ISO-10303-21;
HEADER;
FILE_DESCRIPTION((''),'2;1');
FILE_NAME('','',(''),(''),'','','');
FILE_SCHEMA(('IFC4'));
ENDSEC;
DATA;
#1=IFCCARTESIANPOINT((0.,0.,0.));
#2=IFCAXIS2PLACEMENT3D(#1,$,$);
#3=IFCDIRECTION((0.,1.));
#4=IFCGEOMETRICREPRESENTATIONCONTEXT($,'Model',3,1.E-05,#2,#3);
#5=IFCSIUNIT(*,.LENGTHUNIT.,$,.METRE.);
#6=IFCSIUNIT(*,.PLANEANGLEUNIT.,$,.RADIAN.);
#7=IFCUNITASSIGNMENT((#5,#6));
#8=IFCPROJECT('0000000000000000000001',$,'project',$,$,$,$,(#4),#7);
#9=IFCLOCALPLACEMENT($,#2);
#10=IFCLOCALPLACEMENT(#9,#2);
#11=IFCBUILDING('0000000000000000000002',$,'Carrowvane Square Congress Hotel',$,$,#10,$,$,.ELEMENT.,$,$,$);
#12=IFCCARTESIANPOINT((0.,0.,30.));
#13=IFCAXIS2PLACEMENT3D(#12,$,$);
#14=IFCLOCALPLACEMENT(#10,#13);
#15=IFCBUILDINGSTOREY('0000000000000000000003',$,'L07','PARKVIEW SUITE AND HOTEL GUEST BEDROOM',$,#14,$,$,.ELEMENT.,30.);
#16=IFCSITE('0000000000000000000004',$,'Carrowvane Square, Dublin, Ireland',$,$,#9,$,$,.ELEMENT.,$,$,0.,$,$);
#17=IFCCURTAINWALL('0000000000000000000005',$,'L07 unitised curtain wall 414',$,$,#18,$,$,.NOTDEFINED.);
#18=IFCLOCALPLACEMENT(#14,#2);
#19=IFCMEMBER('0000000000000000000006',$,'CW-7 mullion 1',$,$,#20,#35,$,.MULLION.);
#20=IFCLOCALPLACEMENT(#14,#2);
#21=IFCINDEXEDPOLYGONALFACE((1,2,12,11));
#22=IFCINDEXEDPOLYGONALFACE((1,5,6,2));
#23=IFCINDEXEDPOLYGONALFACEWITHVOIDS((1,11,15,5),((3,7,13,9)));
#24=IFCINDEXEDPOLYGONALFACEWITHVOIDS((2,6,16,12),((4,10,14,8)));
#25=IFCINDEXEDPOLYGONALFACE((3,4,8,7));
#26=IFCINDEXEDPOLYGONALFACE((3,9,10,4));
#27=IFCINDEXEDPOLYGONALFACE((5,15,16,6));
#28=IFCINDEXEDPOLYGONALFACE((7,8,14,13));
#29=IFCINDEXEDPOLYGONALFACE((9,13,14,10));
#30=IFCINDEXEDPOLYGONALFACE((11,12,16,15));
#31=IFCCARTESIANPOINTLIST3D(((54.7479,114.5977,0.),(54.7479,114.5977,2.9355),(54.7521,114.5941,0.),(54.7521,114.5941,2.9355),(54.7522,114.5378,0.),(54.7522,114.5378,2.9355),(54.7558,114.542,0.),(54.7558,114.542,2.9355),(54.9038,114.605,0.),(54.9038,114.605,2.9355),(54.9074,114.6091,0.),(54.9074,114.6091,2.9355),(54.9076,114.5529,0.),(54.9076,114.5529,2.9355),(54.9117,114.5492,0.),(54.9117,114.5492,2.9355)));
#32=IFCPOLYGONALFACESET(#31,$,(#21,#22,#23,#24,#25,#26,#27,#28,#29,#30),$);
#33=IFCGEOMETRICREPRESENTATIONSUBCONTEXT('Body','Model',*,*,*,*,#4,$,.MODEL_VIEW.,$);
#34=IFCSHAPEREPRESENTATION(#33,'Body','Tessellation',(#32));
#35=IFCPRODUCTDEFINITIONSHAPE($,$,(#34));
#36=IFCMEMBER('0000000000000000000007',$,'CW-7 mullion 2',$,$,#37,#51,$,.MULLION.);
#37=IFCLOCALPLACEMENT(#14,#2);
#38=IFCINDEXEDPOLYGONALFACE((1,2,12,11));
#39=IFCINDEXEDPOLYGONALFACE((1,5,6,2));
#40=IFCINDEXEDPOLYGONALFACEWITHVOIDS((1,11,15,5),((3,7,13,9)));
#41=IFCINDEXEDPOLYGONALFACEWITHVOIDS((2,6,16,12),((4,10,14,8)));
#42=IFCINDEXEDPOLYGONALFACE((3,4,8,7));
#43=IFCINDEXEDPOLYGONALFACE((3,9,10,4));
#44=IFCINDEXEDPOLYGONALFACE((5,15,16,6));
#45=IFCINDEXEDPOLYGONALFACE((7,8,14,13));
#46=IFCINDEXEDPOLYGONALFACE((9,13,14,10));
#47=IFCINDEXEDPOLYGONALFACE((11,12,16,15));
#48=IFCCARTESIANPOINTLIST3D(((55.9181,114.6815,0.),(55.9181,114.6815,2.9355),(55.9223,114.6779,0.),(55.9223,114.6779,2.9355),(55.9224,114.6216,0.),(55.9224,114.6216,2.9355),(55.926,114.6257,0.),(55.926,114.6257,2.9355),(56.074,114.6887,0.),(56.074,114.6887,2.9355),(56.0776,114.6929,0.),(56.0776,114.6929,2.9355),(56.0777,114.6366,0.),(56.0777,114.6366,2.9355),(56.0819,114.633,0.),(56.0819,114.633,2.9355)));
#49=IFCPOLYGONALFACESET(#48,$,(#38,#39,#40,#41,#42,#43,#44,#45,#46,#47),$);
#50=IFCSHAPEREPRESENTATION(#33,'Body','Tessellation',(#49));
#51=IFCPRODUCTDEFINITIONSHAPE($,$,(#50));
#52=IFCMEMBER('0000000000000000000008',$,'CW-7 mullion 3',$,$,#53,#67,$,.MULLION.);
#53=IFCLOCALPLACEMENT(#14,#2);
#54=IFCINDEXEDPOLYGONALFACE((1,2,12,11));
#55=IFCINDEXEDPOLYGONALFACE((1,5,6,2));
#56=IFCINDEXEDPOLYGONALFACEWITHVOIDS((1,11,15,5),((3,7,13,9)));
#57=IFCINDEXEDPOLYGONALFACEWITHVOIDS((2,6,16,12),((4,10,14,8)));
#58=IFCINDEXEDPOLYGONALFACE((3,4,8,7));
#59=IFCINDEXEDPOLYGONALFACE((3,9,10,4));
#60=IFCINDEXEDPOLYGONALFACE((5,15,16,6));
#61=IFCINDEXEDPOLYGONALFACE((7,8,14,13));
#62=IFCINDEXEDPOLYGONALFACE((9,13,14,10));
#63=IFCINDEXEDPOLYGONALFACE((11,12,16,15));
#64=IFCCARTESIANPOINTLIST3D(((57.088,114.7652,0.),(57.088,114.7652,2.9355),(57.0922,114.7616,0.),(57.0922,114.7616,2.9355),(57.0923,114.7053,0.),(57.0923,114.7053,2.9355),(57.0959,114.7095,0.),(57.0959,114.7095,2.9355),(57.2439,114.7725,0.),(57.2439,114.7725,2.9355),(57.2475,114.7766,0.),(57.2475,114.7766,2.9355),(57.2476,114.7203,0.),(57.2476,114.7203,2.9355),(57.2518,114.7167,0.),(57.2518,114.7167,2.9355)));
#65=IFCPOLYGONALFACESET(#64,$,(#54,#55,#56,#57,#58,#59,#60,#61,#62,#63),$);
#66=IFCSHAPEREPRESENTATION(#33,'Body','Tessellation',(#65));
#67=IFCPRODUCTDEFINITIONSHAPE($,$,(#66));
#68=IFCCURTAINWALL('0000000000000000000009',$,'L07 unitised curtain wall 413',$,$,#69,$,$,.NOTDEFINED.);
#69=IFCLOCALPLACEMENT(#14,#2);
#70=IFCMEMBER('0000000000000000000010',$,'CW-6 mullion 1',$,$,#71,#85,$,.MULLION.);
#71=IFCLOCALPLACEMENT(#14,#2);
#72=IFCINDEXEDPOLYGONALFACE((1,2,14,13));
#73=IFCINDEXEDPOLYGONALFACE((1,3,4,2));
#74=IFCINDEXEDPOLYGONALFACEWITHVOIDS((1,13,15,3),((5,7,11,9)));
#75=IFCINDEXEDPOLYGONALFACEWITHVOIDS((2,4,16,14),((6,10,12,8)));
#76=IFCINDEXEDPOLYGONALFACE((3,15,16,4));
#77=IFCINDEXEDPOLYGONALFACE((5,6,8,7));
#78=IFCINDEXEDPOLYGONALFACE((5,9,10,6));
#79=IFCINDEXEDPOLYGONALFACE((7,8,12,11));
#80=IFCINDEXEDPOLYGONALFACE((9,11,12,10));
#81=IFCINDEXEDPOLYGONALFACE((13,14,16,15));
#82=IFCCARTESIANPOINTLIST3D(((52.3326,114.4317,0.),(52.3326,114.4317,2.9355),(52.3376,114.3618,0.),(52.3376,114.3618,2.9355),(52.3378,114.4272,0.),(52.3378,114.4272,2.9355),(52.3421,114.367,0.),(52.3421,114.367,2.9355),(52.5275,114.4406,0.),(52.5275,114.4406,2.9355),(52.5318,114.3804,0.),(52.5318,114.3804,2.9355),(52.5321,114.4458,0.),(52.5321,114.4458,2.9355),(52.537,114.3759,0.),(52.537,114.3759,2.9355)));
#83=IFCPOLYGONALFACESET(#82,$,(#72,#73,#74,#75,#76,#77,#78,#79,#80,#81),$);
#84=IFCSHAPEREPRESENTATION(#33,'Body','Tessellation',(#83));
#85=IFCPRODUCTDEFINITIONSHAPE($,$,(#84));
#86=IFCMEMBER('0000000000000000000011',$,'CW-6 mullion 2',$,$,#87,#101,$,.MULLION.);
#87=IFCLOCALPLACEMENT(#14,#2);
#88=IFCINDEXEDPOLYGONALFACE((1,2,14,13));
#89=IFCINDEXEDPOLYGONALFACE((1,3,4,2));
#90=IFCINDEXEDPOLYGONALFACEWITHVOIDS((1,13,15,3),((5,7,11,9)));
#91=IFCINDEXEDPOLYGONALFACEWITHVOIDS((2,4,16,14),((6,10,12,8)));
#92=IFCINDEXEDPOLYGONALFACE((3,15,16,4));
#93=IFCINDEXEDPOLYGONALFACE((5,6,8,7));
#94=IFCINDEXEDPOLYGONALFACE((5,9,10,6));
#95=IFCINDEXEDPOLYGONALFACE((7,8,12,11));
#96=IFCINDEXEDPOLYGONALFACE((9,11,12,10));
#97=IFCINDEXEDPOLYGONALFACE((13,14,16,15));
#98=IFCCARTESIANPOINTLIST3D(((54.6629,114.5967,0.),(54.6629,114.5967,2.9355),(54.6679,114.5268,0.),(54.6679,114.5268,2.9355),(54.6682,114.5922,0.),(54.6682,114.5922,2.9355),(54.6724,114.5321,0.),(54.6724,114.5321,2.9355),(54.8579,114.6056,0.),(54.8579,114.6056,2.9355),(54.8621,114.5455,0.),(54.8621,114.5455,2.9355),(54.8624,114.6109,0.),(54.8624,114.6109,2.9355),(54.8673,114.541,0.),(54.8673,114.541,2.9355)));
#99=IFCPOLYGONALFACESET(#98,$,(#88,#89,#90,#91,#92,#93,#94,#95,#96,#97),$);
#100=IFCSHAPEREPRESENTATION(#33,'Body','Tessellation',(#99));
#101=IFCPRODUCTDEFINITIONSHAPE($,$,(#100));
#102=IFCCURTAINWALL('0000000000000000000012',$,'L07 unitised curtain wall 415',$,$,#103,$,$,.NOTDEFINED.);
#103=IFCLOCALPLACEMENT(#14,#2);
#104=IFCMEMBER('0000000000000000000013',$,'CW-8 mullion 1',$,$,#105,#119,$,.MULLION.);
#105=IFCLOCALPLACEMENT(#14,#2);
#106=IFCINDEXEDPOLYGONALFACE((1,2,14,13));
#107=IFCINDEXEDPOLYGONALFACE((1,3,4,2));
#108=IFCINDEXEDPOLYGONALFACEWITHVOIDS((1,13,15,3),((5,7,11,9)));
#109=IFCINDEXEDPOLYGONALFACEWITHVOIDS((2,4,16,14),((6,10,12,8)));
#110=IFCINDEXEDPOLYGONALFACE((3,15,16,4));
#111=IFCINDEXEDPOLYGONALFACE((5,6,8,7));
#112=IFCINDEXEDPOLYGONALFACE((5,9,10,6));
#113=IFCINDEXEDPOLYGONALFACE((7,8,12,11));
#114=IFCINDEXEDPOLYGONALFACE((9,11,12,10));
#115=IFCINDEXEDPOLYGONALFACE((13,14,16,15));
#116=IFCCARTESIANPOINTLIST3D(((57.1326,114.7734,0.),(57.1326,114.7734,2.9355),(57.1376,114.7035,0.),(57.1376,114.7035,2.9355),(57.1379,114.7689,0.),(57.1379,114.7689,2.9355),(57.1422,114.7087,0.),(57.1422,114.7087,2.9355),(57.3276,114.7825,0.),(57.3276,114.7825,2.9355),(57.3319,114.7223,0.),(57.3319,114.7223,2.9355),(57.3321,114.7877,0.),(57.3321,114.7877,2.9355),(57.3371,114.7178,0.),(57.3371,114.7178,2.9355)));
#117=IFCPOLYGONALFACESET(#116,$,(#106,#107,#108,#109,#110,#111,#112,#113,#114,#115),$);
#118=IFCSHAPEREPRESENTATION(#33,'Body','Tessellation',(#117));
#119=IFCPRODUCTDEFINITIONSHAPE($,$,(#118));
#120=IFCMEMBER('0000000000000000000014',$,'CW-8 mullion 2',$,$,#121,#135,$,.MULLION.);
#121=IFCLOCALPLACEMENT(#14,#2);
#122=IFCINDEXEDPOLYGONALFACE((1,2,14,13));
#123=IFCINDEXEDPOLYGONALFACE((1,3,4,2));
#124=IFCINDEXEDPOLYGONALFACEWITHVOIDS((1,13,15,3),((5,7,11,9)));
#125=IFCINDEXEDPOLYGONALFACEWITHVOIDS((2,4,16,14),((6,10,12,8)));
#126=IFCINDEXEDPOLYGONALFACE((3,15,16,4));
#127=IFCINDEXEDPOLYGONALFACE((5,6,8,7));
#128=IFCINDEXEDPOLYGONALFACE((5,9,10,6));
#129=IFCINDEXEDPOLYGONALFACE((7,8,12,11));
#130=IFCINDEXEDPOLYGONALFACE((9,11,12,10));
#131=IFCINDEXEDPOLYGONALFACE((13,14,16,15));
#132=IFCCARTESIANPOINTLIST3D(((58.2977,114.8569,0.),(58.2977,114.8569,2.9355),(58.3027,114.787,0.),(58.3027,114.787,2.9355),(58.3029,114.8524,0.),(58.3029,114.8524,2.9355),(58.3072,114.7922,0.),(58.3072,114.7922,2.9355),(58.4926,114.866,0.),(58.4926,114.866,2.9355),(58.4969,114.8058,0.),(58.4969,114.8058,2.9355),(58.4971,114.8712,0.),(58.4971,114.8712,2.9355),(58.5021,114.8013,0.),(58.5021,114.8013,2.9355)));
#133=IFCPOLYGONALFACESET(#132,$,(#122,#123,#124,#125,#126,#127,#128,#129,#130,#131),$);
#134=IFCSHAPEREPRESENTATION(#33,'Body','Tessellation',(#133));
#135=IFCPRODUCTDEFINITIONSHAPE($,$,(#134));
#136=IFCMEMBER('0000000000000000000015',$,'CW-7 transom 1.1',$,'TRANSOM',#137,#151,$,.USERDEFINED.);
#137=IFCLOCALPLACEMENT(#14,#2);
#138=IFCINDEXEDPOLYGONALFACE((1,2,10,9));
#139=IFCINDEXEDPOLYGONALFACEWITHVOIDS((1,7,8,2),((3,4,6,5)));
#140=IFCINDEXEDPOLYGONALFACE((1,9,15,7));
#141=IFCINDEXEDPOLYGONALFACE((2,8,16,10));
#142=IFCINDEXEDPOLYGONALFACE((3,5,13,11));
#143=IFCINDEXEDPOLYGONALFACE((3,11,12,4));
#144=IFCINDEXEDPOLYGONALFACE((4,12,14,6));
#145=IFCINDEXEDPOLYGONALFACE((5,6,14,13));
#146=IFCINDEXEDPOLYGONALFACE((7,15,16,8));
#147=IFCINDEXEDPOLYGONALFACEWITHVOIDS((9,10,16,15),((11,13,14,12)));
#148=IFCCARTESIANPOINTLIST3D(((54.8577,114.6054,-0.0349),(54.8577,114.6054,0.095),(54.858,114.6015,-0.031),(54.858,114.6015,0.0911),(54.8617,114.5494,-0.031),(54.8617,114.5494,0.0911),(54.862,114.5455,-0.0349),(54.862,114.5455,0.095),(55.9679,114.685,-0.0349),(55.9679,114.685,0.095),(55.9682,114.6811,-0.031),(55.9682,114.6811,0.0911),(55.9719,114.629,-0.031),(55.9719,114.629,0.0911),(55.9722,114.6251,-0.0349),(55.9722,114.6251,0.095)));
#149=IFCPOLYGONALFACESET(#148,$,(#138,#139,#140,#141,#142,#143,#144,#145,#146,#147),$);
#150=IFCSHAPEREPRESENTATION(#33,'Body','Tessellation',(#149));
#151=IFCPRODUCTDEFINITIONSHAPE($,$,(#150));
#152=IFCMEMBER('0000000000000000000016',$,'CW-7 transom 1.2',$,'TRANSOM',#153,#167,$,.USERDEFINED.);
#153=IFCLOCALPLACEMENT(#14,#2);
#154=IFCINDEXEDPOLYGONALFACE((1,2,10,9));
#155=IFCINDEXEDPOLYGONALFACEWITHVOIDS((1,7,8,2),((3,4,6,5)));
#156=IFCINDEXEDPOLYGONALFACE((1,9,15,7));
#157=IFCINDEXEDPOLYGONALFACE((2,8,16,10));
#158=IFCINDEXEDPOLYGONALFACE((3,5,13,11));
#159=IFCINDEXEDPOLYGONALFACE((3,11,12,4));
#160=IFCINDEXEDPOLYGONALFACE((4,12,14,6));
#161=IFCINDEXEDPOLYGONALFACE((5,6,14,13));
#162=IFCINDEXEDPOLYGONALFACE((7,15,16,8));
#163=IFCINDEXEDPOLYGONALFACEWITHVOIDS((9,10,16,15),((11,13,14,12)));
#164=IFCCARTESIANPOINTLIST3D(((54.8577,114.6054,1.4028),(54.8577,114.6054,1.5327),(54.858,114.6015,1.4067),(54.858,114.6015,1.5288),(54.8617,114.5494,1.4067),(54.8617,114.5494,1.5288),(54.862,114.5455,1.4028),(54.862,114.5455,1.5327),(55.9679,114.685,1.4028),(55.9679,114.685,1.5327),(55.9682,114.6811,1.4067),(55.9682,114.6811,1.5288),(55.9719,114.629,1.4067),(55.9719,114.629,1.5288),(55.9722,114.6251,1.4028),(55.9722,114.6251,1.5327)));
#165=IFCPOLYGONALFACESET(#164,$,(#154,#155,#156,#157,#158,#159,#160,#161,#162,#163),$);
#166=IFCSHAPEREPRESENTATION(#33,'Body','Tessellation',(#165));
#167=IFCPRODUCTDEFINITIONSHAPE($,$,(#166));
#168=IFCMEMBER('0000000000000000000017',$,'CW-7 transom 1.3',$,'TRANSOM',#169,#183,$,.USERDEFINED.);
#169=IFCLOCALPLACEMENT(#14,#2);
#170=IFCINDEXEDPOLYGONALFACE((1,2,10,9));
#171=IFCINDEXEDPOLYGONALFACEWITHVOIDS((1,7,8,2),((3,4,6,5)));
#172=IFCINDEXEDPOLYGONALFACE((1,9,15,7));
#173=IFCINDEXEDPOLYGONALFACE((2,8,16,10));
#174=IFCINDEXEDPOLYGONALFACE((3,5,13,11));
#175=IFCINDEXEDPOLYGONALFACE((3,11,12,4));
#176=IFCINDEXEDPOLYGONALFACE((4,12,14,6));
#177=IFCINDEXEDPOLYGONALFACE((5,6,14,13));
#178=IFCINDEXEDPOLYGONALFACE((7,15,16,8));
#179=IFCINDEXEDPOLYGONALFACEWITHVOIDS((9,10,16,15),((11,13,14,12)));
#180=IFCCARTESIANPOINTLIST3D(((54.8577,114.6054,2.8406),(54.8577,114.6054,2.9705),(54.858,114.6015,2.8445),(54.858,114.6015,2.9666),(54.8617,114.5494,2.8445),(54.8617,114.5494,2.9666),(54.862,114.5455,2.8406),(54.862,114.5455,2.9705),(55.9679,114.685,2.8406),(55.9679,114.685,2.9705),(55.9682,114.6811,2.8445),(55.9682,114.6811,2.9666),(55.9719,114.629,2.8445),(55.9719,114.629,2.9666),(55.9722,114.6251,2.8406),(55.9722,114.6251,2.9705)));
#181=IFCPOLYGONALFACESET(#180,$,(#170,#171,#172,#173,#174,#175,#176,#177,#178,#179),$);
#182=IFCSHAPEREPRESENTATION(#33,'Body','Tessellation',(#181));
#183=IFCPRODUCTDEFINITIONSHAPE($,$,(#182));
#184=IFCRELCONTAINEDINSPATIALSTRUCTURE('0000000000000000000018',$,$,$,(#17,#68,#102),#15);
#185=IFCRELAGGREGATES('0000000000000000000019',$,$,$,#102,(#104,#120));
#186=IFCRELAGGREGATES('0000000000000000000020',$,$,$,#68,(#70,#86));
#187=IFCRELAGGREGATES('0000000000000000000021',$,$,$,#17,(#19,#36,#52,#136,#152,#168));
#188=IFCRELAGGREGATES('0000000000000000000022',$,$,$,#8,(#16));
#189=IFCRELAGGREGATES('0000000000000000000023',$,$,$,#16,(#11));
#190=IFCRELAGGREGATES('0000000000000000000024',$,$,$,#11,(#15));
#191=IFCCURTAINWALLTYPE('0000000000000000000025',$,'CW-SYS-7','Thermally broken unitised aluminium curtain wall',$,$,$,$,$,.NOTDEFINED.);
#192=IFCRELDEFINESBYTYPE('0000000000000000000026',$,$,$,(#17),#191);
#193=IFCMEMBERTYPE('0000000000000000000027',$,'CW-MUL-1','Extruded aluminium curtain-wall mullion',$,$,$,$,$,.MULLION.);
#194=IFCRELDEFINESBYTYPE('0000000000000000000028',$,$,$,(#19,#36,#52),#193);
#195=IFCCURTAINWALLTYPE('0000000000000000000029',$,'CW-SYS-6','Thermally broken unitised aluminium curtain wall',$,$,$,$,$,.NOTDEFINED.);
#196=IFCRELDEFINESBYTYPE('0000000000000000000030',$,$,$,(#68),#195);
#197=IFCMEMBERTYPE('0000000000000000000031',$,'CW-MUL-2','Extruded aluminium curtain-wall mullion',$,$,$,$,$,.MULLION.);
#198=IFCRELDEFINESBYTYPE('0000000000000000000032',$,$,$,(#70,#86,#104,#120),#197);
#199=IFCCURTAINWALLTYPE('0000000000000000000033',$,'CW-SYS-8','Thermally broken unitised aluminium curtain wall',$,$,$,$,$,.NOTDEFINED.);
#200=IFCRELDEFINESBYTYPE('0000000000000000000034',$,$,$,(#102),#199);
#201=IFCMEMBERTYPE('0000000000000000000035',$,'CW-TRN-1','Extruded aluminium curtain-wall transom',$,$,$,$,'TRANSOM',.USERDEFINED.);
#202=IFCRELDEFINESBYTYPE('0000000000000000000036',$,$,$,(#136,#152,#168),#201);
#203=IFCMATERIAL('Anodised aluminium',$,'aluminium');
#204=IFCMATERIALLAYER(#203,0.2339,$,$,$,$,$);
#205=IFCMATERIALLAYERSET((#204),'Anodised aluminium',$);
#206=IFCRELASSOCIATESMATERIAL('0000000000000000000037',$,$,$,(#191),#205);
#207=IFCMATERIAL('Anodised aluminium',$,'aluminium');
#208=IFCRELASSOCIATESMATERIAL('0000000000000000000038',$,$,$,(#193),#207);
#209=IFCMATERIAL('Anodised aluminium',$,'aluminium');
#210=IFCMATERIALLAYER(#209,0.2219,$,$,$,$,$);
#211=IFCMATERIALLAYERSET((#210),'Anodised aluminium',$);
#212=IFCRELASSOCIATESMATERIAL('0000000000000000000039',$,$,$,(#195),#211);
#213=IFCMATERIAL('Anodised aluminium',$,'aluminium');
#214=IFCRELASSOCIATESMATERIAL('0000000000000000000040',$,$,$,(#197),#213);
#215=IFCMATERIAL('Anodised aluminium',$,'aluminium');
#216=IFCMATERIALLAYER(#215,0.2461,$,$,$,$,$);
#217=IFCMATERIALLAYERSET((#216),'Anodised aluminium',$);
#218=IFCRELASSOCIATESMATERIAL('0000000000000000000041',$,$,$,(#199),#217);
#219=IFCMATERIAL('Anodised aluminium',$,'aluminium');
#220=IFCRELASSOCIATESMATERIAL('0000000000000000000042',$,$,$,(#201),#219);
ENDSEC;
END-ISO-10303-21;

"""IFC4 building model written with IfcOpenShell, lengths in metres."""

from ifc_helpers import new_model, si_unit, direction, frame, origin, origin_2d, place, context, subcontext, project, spatial, hollow_rectangle, extrude, material, layer, layer_set, material_profile, profile_set, type_object, element, aggregate, save


model = new_model("IFC4")

# Units and contexts
model_context = context("Model", 3, precision=1e-05, world=origin(), true_north=direction((0.0, 1.0)))
body_context = subcontext(model_context, "Body", "Model", "MODEL_VIEW")
ifc_project = project(units=[si_unit("LENGTHUNIT", "METRE"), si_unit("PLANEANGLEUNIT", "RADIAN")], contexts=[model_context])

# Site, building, storey
site_placement = place(None, origin())
site = spatial("IfcSite", under=ifc_project, at=site_placement, Name="Carrowvane Square, Dublin, Ireland", CompositionType="ELEMENT", RefElevation=0.0)
building_placement = place(site_placement, origin())
building = spatial("IfcBuilding", under=site, at=building_placement, Name="Carrowvane Square Congress Hotel", CompositionType="ELEMENT")
storey_placement = place(building_placement, frame((0.0, 0.0, 30.0)))
storey = spatial("IfcBuildingStorey", under=building, at=storey_placement, Name="L07", Description="PARKVIEW SUITE AND HOTEL GUEST BEDROOM", CompositionType="ELEMENT", Elevation=30.0)

# Curtain walls, members
ifc_material_1 = material(Name="Anodised aluminium", Category="aluminium")
ifc_layer_1 = layer(ifc_material_1, 0.2339)
ifc_layer_set_1 = layer_set([ifc_layer_1], Name="Anodised aluminium")
curtain_wall_type_1 = type_object("IfcCurtainWallType", Name="CW-SYS-7", Description="Thermally broken unitised aluminium curtain wall", PredefinedType="NOTDEFINED", material=ifc_layer_set_1)
curtain_wall_1_placement = place(storey_placement, origin())
curtain_wall_1 = element("IfcCurtainWall", 1, at=curtain_wall_1_placement, inside=storey, type_object=curtain_wall_type_1, Name="L07 unitised curtain wall 414", PredefinedType="NOTDEFINED")
ifc_material_2 = material(Name="Anodised aluminium", Category="aluminium")
ifc_material_profile_1 = material_profile(ifc_material_2, hollow_rectangle(XDim=0.0601, YDim=0.1599, WallThickness=0.0039, at=origin_2d()), Name="CW-ML 60x160x4")
ifc_profile_set_1 = profile_set([ifc_material_profile_1], Name="Anodised aluminium")
member_type_1 = type_object("IfcMemberType", Name="CW-MUL-1", Description="Extruded aluminium curtain-wall mullion", PredefinedType="MULLION", material=ifc_profile_set_1)
member_1_placement = place(storey_placement, frame((54.8298, 114.5735, 0.0), z_axis=(0.0, 0.0, 1.0), x_axis=(-0.071418, 0.997446, 0.0)))
member_1 = element("IfcMember", 2, at=member_1_placement, type_object=member_type_1, Name="CW-7 mullion 1", PredefinedType="MULLION", context=body_context, shape_type="SweptSolid", body=[
    extrude(hollow_rectangle(XDim=0.0601, YDim=0.1599, WallThickness=0.0039, at=origin_2d()), origin(), (0.0, 0.0, 1.0), 2.9355),
])
member_2_placement = place(storey_placement, frame((56.0, 114.6572, 0.0), z_axis=(0.0, 0.0, 1.0), x_axis=(-0.071418, 0.997446, 0.0)))
member_2 = element("IfcMember", 3, at=member_2_placement, type_object=member_type_1, Name="CW-7 mullion 2", PredefinedType="MULLION", context=body_context, shape_type="SweptSolid", body=[
    extrude(hollow_rectangle(XDim=0.0601, YDim=0.1599, WallThickness=0.0039, at=origin_2d()), origin(), (0.0, 0.0, 1.0), 2.9355),
])
member_3_placement = place(storey_placement, frame((57.1699, 114.741, 0.0), z_axis=(0.0, 0.0, 1.0), x_axis=(-0.071418, 0.997446, 0.0)))
member_3 = element("IfcMember", 4, at=member_3_placement, type_object=member_type_1, Name="CW-7 mullion 3", PredefinedType="MULLION", context=body_context, shape_type="SweptSolid", body=[
    extrude(hollow_rectangle(XDim=0.0601, YDim=0.1599, WallThickness=0.0039, at=origin_2d()), origin(), (0.0, 0.0, 1.0), 2.9355),
])
ifc_material_3 = material(Name="Anodised aluminium", Category="aluminium")
ifc_layer_2 = layer(ifc_material_3, 0.2219)
ifc_layer_set_2 = layer_set([ifc_layer_2], Name="Anodised aluminium")
curtain_wall_type_2 = type_object("IfcCurtainWallType", Name="CW-SYS-6", Description="Thermally broken unitised aluminium curtain wall", PredefinedType="NOTDEFINED", material=ifc_layer_set_2)
curtain_wall_2_placement = place(storey_placement, origin())
curtain_wall_2 = element("IfcCurtainWall", 5, at=curtain_wall_2_placement, inside=storey, type_object=curtain_wall_type_2, Name="L07 unitised curtain wall 413", PredefinedType="NOTDEFINED")
ifc_material_4 = material(Name="Anodised aluminium", Category="aluminium")
ifc_material_profile_2 = material_profile(ifc_material_4, hollow_rectangle(XDim=0.0701, YDim=0.2, WallThickness=0.0049, at=origin_2d()), Name="CW-ML 70x200x5")
ifc_profile_set_2 = profile_set([ifc_material_profile_2], Name="Anodised aluminium")
member_type_2 = type_object("IfcMemberType", Name="CW-MUL-2", Description="Extruded aluminium curtain-wall mullion", PredefinedType="MULLION", material=ifc_profile_set_2)
member_4_placement = place(storey_placement, frame((52.4348, 114.4038, 0.0), z_axis=(0.0, 0.0, 1.0), x_axis=(-0.070586, 0.997506, 0.0)))
member_4 = element("IfcMember", 6, at=member_4_placement, type_object=member_type_2, Name="CW-6 mullion 1", PredefinedType="MULLION", context=body_context, shape_type="SweptSolid", body=[
    extrude(hollow_rectangle(XDim=0.0701, YDim=0.2, WallThickness=0.0049, at=origin_2d()), origin(), (0.0, 0.0, 1.0), 2.9355),
])
member_5_placement = place(storey_placement, frame((54.7651, 114.5688, 0.0), z_axis=(0.0, 0.0, 1.0), x_axis=(-0.070586, 0.997506, 0.0)))
member_5 = element("IfcMember", 7, at=member_5_placement, type_object=member_type_2, Name="CW-6 mullion 2", PredefinedType="MULLION", context=body_context, shape_type="SweptSolid", body=[
    extrude(hollow_rectangle(XDim=0.0701, YDim=0.2, WallThickness=0.0049, at=origin_2d()), origin(), (0.0, 0.0, 1.0), 2.9355),
])
ifc_material_5 = material(Name="Anodised aluminium", Category="aluminium")
ifc_layer_3 = layer(ifc_material_5, 0.2461)
ifc_layer_set_3 = layer_set([ifc_layer_3], Name="Anodised aluminium")
curtain_wall_type_3 = type_object("IfcCurtainWallType", Name="CW-SYS-8", Description="Thermally broken unitised aluminium curtain wall", PredefinedType="NOTDEFINED", material=ifc_layer_set_3)
curtain_wall_3_placement = place(storey_placement, origin())
curtain_wall_3 = element("IfcCurtainWall", 8, at=curtain_wall_3_placement, inside=storey, type_object=curtain_wall_type_3, Name="L07 unitised curtain wall 415", PredefinedType="NOTDEFINED")
member_6_placement = place(storey_placement, frame((57.2349, 114.7456, 0.0), z_axis=(0.0, 0.0, 1.0), x_axis=(-0.071532, 0.997438, 0.0)))
member_6 = element("IfcMember", 9, at=member_6_placement, type_object=member_type_2, Name="CW-8 mullion 1", PredefinedType="MULLION", context=body_context, shape_type="SweptSolid", body=[
    extrude(hollow_rectangle(XDim=0.0701, YDim=0.2, WallThickness=0.0049, at=origin_2d()), origin(), (0.0, 0.0, 1.0), 2.9355),
])
member_7_placement = place(storey_placement, frame((58.3999, 114.8291, 0.0), z_axis=(0.0, 0.0, 1.0), x_axis=(-0.071532, 0.997438, 0.0)))
member_7 = element("IfcMember", 10, at=member_7_placement, type_object=member_type_2, Name="CW-8 mullion 2", PredefinedType="MULLION", context=body_context, shape_type="SweptSolid", body=[
    extrude(hollow_rectangle(XDim=0.0701, YDim=0.2, WallThickness=0.0049, at=origin_2d()), origin(), (0.0, 0.0, 1.0), 2.9355),
])

# Members
ifc_material_6 = material(Name="Anodised aluminium", Category="aluminium")
ifc_material_profile_3 = material_profile(ifc_material_6, hollow_rectangle(XDim=0.0601, YDim=0.1299, WallThickness=0.0039, at=origin_2d()), Name="CW-TR 60x130x4")
ifc_profile_set_3 = profile_set([ifc_material_profile_3], Name="Anodised aluminium")
member_type_3 = type_object("IfcMemberType", Name="CW-TRN-1", Description="Extruded aluminium curtain-wall transom", ElementType="TRANSOM", PredefinedType="USERDEFINED", material=ifc_profile_set_3)
member_8_placement = place(storey_placement, frame((54.8599, 114.5754, 0.03), z_axis=(0.99744, 0.071512, 0.0), x_axis=(-0.071512, 0.99744, 0.0)))
member_8 = element("IfcMember", 11, at=member_8_placement, type_object=member_type_3, Name="CW-7 transom 1.1", ObjectType="TRANSOM", PredefinedType="USERDEFINED", context=body_context, shape_type="SweptSolid", body=[
    extrude(hollow_rectangle(XDim=0.0601, YDim=0.1299, WallThickness=0.0039, at=origin_2d()), origin(), (0.0, 0.0, 1.0), 1.113),
])
member_9_placement = place(storey_placement, frame((54.8599, 114.5754, 1.4678), z_axis=(0.99744, 0.071512, 0.0), x_axis=(-0.071512, 0.99744, 0.0)))
member_9 = element("IfcMember", 12, at=member_9_placement, type_object=member_type_3, Name="CW-7 transom 1.2", ObjectType="TRANSOM", PredefinedType="USERDEFINED", context=body_context, shape_type="SweptSolid", body=[
    extrude(hollow_rectangle(XDim=0.0601, YDim=0.1299, WallThickness=0.0039, at=origin_2d()), origin(), (0.0, 0.0, 1.0), 1.113),
])
member_10_placement = place(storey_placement, frame((54.8599, 114.5754, 2.9055), z_axis=(0.99744, 0.071512, 0.0), x_axis=(-0.071512, 0.99744, 0.0)))
member_10 = element("IfcMember", 13, at=member_10_placement, type_object=member_type_3, Name="CW-7 transom 1.3", ObjectType="TRANSOM", PredefinedType="USERDEFINED", context=body_context, shape_type="SweptSolid", body=[
    extrude(hollow_rectangle(XDim=0.0601, YDim=0.1299, WallThickness=0.0039, at=origin_2d()), origin(), (0.0, 0.0, 1.0), 1.113),
])

aggregate(curtain_wall_3, [member_6, member_7])
aggregate(curtain_wall_2, [member_4, member_5])
aggregate(curtain_wall_1, [member_1, member_2, member_3, member_8, member_9, member_10])

save(model, "model.ifc")
